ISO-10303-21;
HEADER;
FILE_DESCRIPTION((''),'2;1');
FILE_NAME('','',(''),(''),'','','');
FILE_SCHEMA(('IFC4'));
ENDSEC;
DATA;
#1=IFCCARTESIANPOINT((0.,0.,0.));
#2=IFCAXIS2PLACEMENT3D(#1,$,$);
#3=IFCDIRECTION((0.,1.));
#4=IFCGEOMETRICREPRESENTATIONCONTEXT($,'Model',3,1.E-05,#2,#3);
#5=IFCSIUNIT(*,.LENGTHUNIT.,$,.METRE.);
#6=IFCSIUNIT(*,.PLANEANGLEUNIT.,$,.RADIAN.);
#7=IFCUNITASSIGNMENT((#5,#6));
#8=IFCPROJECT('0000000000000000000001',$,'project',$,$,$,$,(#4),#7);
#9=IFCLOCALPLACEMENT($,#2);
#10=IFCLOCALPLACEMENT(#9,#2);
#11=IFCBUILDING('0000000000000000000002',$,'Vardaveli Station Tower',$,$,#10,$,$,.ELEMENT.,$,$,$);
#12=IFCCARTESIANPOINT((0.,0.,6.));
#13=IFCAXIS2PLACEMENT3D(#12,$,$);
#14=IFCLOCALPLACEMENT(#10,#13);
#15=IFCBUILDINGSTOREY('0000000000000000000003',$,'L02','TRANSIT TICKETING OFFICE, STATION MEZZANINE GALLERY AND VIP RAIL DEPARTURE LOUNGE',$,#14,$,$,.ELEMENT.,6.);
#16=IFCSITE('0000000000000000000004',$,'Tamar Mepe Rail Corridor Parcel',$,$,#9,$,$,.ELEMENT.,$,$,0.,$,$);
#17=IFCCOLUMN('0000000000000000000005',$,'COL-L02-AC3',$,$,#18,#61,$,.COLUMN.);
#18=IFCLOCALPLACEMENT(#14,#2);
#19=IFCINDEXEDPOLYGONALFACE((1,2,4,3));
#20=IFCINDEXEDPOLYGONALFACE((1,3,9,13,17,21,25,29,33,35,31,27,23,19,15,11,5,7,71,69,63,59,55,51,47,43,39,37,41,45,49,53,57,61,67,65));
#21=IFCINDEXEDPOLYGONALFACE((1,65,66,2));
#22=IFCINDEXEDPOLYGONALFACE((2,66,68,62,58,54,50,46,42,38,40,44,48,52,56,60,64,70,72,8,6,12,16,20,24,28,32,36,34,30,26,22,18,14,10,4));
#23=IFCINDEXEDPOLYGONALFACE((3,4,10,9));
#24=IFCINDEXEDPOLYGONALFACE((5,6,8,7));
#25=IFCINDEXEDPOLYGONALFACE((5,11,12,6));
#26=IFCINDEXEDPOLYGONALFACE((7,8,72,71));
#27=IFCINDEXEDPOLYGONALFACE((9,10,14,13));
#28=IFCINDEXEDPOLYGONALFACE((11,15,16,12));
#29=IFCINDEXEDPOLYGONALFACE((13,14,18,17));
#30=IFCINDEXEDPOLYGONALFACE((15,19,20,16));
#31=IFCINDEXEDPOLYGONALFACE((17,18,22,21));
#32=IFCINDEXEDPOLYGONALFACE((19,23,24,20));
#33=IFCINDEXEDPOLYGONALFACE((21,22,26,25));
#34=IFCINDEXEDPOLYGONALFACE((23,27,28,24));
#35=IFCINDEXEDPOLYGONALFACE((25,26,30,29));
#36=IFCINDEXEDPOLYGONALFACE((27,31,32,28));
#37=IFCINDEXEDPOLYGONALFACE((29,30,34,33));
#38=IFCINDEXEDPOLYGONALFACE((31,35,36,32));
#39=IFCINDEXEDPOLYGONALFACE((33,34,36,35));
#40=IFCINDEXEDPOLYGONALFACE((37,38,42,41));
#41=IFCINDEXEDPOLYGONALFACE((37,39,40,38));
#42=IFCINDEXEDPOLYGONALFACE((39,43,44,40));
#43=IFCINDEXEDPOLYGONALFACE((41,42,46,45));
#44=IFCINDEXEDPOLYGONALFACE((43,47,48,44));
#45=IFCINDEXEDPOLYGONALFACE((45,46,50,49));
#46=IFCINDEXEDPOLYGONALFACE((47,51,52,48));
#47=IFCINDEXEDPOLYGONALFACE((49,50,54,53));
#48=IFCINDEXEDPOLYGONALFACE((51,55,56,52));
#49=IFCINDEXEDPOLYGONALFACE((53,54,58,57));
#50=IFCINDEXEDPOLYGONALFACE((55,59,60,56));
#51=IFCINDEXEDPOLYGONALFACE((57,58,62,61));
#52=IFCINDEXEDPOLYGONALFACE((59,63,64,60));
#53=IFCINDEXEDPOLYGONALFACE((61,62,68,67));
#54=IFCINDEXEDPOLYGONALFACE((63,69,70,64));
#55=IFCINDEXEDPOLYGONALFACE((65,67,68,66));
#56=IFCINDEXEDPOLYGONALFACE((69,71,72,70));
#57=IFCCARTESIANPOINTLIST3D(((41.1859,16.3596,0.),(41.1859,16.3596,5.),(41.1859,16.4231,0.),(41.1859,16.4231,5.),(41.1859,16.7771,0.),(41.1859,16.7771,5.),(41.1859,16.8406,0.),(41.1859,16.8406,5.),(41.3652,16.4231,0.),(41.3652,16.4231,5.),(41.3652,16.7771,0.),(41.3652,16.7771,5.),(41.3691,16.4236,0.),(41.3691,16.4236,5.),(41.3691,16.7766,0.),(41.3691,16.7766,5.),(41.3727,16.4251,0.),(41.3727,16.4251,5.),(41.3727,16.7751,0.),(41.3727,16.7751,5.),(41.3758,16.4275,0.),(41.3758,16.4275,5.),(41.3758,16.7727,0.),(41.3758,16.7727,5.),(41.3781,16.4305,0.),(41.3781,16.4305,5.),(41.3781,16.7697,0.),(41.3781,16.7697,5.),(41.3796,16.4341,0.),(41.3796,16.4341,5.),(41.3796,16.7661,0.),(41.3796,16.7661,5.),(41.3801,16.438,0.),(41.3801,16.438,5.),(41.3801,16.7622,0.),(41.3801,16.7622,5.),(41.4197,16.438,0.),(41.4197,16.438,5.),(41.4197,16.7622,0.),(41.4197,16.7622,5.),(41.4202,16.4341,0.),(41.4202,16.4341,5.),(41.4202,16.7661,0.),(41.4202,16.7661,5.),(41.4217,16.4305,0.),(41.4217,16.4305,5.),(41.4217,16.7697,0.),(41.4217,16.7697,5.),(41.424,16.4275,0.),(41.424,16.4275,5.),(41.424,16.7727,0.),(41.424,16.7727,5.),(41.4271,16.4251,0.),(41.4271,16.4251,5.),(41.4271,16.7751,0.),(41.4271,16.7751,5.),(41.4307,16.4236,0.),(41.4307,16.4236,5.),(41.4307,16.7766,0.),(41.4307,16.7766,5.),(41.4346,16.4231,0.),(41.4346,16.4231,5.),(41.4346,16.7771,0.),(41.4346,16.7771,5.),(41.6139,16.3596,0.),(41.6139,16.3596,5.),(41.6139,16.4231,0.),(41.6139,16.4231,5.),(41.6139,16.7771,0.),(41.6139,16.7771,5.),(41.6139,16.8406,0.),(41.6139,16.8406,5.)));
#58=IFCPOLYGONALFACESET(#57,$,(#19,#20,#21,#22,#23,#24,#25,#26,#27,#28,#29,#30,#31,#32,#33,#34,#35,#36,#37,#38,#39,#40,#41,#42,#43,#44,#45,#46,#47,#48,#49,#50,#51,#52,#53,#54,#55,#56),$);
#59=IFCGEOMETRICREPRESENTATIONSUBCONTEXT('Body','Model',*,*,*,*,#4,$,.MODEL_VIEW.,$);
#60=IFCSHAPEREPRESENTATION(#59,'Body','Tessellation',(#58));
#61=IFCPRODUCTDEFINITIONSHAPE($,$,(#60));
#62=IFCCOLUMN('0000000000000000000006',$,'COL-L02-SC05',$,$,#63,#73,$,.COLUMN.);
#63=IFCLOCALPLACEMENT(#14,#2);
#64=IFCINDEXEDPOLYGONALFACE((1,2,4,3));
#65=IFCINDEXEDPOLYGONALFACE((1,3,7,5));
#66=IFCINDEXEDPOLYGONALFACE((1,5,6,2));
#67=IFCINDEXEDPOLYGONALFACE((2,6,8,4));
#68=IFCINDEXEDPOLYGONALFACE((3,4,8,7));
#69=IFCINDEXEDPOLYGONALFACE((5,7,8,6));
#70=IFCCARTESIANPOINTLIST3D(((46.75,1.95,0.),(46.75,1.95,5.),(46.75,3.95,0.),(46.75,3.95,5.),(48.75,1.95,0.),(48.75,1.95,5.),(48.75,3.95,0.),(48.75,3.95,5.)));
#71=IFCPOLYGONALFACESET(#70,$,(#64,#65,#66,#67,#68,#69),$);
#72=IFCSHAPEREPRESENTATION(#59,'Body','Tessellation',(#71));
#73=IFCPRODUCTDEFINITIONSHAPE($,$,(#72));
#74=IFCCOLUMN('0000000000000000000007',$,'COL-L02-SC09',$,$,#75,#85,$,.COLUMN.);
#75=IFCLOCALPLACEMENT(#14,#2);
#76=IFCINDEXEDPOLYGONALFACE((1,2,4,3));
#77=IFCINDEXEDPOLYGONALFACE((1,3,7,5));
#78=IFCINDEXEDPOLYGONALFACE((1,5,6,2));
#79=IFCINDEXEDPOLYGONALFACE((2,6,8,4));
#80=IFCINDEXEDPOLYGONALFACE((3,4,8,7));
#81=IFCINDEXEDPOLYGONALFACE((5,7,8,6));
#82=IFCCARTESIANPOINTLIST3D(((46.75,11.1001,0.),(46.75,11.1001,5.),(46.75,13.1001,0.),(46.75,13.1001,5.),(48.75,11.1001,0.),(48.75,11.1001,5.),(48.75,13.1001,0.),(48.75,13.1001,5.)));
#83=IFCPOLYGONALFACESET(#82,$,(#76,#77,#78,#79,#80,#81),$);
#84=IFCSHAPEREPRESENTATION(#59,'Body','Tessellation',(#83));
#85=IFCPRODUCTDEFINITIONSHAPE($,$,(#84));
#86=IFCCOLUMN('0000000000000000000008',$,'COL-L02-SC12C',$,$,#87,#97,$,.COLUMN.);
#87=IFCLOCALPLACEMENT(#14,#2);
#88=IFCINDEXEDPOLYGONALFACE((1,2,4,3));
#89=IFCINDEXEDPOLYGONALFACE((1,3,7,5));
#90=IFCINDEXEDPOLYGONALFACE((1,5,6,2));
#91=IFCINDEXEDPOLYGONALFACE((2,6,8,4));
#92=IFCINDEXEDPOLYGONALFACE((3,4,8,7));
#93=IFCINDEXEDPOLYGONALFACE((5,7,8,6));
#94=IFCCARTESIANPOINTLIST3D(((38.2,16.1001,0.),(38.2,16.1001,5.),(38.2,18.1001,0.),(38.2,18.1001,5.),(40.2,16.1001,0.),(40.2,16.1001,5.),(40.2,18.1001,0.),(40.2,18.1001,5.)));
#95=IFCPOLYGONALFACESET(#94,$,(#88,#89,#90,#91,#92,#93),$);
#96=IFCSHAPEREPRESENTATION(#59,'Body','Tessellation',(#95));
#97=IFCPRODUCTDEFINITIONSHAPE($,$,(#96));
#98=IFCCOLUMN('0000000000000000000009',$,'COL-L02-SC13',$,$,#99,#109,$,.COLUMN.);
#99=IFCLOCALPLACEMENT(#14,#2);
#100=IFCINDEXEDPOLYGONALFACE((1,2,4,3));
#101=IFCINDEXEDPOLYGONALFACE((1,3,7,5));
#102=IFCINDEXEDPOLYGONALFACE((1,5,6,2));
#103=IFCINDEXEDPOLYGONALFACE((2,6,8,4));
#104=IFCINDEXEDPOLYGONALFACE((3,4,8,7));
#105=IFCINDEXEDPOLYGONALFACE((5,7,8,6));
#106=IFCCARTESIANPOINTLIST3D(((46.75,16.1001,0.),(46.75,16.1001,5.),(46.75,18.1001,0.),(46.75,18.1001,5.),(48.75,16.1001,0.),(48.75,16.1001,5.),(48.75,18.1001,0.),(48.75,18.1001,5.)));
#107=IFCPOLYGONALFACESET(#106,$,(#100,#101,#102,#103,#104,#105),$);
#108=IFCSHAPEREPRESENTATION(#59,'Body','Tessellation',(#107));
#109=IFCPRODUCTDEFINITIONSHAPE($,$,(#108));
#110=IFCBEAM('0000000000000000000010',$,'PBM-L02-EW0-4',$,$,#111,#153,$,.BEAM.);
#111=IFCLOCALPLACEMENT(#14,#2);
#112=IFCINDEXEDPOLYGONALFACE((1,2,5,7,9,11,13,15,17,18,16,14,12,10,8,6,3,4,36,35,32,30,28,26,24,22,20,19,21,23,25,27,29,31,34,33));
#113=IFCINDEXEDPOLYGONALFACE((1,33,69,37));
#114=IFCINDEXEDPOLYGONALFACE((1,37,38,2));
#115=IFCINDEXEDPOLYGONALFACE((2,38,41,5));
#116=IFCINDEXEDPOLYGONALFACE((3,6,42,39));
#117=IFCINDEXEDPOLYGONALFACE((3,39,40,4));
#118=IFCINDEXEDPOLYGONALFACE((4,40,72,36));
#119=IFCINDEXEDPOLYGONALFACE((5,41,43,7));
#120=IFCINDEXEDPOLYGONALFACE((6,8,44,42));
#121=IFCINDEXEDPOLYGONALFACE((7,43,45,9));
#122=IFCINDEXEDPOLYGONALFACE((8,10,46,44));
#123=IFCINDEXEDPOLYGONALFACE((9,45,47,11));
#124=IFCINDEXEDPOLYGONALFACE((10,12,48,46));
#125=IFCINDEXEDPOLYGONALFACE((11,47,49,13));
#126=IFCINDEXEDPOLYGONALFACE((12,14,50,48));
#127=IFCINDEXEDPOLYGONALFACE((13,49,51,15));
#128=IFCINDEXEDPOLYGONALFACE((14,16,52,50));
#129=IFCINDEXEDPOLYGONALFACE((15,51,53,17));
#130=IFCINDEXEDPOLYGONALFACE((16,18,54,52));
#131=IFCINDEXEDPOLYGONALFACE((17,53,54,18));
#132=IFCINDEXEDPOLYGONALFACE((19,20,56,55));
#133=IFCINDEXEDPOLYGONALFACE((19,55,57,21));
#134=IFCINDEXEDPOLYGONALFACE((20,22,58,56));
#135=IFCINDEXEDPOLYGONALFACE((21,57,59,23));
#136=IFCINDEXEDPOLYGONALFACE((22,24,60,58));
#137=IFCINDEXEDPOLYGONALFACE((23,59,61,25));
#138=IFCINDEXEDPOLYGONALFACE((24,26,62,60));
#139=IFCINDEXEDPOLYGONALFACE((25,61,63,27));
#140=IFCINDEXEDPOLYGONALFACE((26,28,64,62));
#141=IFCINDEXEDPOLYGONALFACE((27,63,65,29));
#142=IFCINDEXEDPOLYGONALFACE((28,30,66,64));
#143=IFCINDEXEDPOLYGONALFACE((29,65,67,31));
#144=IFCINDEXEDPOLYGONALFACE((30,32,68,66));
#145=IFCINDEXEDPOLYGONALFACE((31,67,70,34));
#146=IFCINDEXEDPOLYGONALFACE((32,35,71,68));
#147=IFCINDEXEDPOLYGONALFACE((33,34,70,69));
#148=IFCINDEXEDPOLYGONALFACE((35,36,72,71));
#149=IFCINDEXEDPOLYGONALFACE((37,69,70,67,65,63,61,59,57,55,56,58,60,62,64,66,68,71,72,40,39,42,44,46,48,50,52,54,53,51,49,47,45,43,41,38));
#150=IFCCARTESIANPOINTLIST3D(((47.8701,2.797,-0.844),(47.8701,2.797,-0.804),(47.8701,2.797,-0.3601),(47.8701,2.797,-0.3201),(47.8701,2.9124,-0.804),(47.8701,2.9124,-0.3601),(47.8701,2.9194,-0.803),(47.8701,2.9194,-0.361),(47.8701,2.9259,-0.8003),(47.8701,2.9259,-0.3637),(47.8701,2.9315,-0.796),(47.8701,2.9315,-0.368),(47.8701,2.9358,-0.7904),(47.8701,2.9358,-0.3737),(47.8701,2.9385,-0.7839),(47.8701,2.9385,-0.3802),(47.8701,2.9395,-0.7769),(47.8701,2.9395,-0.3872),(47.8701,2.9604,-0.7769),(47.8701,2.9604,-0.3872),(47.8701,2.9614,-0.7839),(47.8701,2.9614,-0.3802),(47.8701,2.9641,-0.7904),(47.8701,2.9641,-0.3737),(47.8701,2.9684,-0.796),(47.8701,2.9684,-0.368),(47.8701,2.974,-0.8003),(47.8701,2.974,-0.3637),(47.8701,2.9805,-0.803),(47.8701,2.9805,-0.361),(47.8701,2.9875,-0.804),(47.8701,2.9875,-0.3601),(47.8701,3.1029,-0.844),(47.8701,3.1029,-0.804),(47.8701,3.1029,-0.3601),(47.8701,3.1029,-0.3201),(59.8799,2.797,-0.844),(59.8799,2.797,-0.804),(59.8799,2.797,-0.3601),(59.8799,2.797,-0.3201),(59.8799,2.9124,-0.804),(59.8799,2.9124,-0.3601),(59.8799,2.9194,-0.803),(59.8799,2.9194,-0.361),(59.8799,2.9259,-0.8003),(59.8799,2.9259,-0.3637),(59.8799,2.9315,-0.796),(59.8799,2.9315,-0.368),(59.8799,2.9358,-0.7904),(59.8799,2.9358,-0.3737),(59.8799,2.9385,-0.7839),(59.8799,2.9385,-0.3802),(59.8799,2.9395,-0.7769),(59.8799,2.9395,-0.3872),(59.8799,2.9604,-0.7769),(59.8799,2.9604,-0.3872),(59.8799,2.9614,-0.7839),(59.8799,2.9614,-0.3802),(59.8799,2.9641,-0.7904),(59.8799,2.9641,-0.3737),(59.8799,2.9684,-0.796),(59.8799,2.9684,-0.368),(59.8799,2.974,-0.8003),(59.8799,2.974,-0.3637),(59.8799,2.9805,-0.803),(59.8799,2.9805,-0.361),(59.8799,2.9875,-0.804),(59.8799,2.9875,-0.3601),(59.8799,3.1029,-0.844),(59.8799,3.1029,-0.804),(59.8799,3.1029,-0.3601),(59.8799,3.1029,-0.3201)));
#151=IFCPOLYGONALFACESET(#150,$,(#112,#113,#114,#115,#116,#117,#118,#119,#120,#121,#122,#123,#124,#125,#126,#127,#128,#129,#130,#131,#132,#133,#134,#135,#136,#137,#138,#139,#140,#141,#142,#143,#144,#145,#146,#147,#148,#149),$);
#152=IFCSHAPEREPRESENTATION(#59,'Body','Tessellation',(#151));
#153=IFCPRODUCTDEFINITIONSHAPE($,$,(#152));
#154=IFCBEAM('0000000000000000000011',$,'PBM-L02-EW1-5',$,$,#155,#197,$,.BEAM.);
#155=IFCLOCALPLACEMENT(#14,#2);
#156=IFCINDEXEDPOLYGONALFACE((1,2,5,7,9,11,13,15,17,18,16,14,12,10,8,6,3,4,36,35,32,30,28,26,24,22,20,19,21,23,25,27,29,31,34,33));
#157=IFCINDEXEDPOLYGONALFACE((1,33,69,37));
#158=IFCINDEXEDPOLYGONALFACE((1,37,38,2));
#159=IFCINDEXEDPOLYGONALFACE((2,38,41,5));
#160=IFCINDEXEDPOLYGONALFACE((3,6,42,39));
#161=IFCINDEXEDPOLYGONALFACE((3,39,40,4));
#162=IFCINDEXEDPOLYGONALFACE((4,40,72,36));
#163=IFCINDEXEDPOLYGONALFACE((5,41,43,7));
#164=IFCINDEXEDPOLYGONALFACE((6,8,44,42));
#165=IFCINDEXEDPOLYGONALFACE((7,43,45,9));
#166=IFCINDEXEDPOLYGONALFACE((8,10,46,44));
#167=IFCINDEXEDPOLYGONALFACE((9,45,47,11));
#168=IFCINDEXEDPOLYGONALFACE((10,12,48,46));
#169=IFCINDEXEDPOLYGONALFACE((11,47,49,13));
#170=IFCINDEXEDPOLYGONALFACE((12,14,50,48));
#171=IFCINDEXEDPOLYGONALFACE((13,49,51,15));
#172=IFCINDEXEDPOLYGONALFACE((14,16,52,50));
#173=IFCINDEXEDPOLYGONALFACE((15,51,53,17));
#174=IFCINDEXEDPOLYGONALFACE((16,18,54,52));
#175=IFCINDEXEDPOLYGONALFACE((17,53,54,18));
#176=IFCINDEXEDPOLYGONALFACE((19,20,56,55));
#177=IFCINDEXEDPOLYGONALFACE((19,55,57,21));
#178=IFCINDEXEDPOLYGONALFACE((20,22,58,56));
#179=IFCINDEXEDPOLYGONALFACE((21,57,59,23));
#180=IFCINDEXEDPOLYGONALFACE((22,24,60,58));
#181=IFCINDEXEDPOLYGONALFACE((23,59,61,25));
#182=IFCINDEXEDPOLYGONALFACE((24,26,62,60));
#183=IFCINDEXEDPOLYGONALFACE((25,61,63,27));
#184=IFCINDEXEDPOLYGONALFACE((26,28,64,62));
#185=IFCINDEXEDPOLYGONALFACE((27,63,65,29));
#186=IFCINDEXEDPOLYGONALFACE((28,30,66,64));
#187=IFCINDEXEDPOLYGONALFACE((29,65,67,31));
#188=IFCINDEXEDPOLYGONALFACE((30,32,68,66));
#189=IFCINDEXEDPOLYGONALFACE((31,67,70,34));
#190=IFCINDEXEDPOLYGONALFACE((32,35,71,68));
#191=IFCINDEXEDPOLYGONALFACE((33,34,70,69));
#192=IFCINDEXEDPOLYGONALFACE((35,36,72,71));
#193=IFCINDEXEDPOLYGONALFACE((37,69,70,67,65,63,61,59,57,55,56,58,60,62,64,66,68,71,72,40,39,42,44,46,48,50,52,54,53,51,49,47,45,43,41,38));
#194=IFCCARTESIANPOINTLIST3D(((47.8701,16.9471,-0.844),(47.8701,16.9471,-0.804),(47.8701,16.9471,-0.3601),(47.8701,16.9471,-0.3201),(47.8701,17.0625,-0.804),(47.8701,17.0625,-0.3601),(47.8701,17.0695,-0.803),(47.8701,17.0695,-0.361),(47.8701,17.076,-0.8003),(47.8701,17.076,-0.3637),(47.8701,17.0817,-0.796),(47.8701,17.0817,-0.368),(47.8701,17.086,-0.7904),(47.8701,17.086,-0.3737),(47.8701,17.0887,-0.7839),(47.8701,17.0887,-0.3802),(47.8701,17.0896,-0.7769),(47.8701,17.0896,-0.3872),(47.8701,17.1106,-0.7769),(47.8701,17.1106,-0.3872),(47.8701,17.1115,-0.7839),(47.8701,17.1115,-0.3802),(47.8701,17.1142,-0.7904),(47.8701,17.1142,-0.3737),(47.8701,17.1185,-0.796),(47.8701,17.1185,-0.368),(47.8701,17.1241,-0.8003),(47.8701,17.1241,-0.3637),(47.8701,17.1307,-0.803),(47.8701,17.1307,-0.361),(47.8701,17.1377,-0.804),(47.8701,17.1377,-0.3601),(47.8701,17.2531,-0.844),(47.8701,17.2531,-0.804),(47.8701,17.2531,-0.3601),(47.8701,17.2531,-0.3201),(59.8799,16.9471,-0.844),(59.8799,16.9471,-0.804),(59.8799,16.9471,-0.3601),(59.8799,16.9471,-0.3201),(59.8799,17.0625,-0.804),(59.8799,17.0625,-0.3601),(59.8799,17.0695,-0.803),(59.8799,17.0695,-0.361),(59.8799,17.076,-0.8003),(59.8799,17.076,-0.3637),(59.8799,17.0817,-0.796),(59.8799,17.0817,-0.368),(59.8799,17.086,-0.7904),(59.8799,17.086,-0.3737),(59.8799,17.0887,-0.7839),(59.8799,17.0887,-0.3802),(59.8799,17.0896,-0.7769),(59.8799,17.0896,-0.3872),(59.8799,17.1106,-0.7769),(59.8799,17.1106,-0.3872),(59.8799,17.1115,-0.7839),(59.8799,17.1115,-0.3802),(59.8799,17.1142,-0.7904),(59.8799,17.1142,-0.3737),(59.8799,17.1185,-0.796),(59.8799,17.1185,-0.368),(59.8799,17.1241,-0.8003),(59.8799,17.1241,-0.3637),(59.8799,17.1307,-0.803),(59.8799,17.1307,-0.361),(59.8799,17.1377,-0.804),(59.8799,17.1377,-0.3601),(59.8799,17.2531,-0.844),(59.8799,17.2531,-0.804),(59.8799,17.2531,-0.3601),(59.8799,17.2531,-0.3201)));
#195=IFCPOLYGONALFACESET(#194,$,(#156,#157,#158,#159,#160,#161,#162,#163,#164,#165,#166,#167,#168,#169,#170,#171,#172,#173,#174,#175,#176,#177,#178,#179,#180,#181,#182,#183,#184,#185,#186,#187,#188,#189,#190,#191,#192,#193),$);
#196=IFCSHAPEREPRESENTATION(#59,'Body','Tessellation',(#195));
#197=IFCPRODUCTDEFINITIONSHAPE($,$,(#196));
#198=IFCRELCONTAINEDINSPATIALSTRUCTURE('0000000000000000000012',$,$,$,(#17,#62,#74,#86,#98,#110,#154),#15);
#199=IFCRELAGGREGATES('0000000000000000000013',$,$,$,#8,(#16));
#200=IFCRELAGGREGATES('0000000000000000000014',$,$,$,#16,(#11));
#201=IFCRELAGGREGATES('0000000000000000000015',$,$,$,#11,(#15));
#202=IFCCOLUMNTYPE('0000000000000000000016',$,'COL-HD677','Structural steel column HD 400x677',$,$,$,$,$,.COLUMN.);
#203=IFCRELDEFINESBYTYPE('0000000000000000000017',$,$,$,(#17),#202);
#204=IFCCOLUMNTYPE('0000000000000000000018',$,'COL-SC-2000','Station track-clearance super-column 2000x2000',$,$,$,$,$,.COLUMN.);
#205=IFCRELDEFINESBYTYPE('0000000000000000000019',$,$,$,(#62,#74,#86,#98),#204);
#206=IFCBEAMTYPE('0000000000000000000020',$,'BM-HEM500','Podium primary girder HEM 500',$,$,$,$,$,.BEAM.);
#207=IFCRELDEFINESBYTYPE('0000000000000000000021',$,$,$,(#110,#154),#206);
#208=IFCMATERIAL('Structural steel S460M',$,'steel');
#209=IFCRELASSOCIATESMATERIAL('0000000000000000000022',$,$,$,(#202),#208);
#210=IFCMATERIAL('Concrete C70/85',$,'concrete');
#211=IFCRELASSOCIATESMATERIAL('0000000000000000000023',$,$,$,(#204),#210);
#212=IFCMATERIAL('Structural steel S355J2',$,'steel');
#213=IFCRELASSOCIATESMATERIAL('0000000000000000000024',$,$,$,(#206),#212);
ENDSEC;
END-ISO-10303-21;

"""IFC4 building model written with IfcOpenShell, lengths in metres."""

from ifc_helpers import new_model, si_unit, direction, frame, origin, origin_2d, place, context, subcontext, project, spatial, rectangle, i_section, extrude, source, transform, mapped, material, material_profile, profile_set, type_object, element, save


model = new_model("IFC4")

# Units and contexts
model_context = context("Model", 3, precision=1e-05, world=origin(), true_north=direction((0.0, 1.0)))
body_context = subcontext(model_context, "Body", "Model", "MODEL_VIEW")
ifc_project = project(units=[si_unit("LENGTHUNIT", "METRE"), si_unit("PLANEANGLEUNIT", "RADIAN")], contexts=[model_context])

# Site, building, storey
site_placement = place(None, origin())
site = spatial("IfcSite", under=ifc_project, at=site_placement, Name="Tamar Mepe Rail Corridor Parcel", CompositionType="ELEMENT", RefElevation=0.0)
building_placement = place(site_placement, origin())
building = spatial("IfcBuilding", under=site, at=building_placement, Name="Vardaveli Station Tower", CompositionType="ELEMENT")
storey_placement = place(building_placement, frame((0.0, 0.0, 6.0)))
storey = spatial("IfcBuildingStorey", under=building, at=storey_placement, Name="L02", Description="TRANSIT TICKETING OFFICE, STATION MEZZANINE GALLERY AND VIP RAIL DEPARTURE LOUNGE", CompositionType="ELEMENT", Elevation=6.0)

# Columns
ifc_material_1 = material(Name="Structural steel S460M", Category="steel")
ifc_material_profile_1 = material_profile(ifc_material_1, i_section(OverallWidth=0.428, OverallDepth=0.481, WebThickness=0.0396, FlangeThickness=0.0635, FilletRadius=0.0149, at=origin_2d()), Name="HD 400x677")
ifc_profile_set_1 = profile_set([ifc_material_profile_1], Name="Structural steel S460M")
column_type_1 = type_object("IfcColumnType", Name="COL-HD677", Description="Structural steel column HD 400x677", PredefinedType="COLUMN", material=ifc_profile_set_1)
shared_shape_1 = source(origin(), body_context, "Body", "SweptSolid", [
    extrude(i_section(OverallWidth=0.428, OverallDepth=0.481, WebThickness=0.0396, FlangeThickness=0.0635, FilletRadius=0.0149, at=origin_2d()), origin(), (0.0, 0.0, 1.0), 5.0),
])
column_placement = place(storey_placement, frame((41.3999, 16.6001, 0.0), z_axis=(0.0, 0.0, 1.0), x_axis=(1.0, 0.0, 0.0)))
element("IfcColumn", 1, at=column_placement, inside=storey, type_object=column_type_1, Name="COL-L02-AC3", PredefinedType="COLUMN", context=body_context, shape_type="MappedRepresentation", body=[
    mapped(shared_shape_1, transform((0.0, 0.0, 0.0), scale=1.0)),
])
ifc_material_2 = material(Name="Concrete C70/85", Category="concrete")
ifc_material_profile_2 = material_profile(ifc_material_2, rectangle(XDim=2.0, YDim=2.0, at=origin_2d()), Name="SC 2000x2000")
ifc_profile_set_2 = profile_set([ifc_material_profile_2], Name="Concrete C70/85")
column_type_2 = type_object("IfcColumnType", Name="COL-SC-2000", Description="Station track-clearance super-column 2000x2000", PredefinedType="COLUMN", material=ifc_profile_set_2)
shared_shape_2 = source(origin(), body_context, "Body", "SweptSolid", [
    extrude(rectangle(XDim=2.0, YDim=2.0, at=origin_2d()), origin(), (0.0, 0.0, 1.0), 5.0),
])
for number, where, z_axis, x_axis, name in (
    (2, (47.75, 2.95, 0.0), (0.0, 0.0, 1.0), (1.0, 0.0, 0.0), "COL-L02-SC05"),
    (3, (47.75, 12.1001, 0.0), (0.0, 0.0, 1.0), (1.0, 0.0, 0.0), "COL-L02-SC09"),
    (4, (39.2, 17.1001, 0.0), (0.0, 0.0, 1.0), (1.0, 0.0, 0.0), "COL-L02-SC12C"),
    (5, (47.75, 17.1001, 0.0), (0.0, 0.0, 1.0), (1.0, 0.0, 0.0), "COL-L02-SC13"),
):
    element("IfcColumn", number, at=place(storey_placement, frame(where, z_axis=z_axis, x_axis=x_axis)), inside=storey, type_object=column_type_2, Name=name, PredefinedType="COLUMN", context=body_context, shape_type="MappedRepresentation", body=[
        mapped(shared_shape_2, transform((0.0, 0.0, 0.0), scale=1.0)),
    ])

# Beams
ifc_material_3 = material(Name="Structural steel S355J2", Category="steel")
ifc_material_profile_3 = material_profile(ifc_material_3, i_section(OverallWidth=0.3059, OverallDepth=0.5239, WebThickness=0.021, FlangeThickness=0.04, FilletRadius=0.0271, at=origin_2d()), Name="HEM 500")
ifc_profile_set_3 = profile_set([ifc_material_profile_3], Name="Structural steel S355J2")
beam_type_1 = type_object("IfcBeamType", Name="BM-HEM500", Description="Podium primary girder HEM 500", PredefinedType="BEAM", material=ifc_profile_set_3)
shared_shape_3 = source(origin(), body_context, "Body", "SweptSolid", [
    extrude(i_section(OverallWidth=0.3059, OverallDepth=0.5239, WebThickness=0.021, FlangeThickness=0.04, FilletRadius=0.0271, at=origin_2d()), origin(), (0.0, 0.0, 1.0), 12.0098),
])
for number, where, z_axis, x_axis, name in (
    (6, (47.8701, 2.95, -0.582), (1.0, 0.0, 0.0), (0.0, 1.0, 0.0), "PBM-L02-EW0-4"),
    (7, (47.8701, 17.1001, -0.582), (1.0, 0.0, 0.0), (0.0, 1.0, 0.0), "PBM-L02-EW1-5"),
):
    element("IfcBeam", number, at=place(storey_placement, frame(where, z_axis=z_axis, x_axis=x_axis)), inside=storey, type_object=beam_type_1, Name=name, PredefinedType="BEAM", context=body_context, shape_type="MappedRepresentation", body=[
        mapped(shared_shape_3, transform((0.0, 0.0, 0.0), scale=1.0)),
    ])

save(model, "model.ifc")
